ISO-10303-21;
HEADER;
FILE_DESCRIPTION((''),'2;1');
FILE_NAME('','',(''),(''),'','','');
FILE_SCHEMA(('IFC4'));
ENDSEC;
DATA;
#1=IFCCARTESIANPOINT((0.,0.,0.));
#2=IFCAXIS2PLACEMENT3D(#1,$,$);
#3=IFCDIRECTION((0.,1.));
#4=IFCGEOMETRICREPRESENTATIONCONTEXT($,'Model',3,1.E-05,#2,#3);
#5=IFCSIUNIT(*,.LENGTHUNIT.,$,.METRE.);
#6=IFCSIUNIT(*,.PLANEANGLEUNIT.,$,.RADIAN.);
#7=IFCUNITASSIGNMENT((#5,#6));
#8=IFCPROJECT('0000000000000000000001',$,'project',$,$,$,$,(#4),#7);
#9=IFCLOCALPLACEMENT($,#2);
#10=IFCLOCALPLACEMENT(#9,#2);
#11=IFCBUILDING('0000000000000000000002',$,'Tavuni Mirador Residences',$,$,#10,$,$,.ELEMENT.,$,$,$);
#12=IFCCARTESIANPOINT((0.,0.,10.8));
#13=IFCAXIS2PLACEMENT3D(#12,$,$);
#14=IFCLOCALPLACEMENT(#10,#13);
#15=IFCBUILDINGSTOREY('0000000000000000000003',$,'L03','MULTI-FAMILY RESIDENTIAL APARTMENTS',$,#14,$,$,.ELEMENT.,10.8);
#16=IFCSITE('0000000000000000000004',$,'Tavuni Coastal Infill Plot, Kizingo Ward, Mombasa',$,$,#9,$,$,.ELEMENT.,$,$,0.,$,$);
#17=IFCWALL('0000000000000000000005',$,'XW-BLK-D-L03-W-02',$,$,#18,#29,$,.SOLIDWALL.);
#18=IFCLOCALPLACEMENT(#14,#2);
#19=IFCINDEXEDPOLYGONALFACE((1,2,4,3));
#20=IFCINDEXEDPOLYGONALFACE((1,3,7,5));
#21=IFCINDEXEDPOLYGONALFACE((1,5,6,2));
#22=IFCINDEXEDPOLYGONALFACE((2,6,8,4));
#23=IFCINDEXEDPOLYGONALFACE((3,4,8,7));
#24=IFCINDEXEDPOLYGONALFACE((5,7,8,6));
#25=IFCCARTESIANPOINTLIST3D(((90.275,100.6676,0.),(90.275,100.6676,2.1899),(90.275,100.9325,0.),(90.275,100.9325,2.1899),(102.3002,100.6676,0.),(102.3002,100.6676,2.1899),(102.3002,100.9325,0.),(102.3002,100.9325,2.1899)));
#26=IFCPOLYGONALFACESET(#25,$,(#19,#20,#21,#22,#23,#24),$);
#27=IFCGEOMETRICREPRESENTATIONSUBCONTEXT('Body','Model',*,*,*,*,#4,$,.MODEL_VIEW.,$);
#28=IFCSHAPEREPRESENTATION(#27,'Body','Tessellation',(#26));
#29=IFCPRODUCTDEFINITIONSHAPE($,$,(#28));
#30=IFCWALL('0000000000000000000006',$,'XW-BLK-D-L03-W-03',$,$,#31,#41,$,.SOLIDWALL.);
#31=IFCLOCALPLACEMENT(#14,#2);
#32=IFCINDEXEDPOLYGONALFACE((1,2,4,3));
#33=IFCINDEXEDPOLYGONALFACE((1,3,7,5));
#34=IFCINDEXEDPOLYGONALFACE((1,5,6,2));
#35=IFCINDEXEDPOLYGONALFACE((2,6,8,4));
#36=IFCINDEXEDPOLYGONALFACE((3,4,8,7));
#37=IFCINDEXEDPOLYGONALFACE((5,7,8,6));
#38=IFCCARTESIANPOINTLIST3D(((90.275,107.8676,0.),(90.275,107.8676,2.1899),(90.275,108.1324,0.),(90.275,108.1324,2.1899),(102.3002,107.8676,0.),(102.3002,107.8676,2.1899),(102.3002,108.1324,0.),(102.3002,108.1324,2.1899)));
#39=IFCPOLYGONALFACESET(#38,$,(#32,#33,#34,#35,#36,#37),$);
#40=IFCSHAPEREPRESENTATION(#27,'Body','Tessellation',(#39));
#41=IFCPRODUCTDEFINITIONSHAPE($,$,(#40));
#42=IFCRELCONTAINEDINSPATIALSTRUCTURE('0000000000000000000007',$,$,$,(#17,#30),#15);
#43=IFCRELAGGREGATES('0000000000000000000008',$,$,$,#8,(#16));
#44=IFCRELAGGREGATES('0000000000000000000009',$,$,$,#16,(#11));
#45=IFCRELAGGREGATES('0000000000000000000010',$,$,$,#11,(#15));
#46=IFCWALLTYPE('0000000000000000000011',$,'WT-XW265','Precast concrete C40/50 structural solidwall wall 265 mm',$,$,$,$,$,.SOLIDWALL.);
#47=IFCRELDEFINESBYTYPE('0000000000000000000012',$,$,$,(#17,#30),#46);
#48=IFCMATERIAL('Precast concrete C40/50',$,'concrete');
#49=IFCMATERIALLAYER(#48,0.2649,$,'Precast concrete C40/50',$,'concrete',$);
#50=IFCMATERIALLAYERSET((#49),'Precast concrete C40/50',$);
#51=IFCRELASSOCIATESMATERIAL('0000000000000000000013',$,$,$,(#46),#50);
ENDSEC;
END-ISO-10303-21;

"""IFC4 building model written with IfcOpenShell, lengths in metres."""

from ifc_helpers import new_model, si_unit, direction, frame, frame_2d, origin, place, context, subcontext, project, spatial, rectangle, extrude, material, layer, layer_set, type_object, element, save


model = new_model("IFC4")

# Units and contexts
model_context = context("Model", 3, precision=1e-05, world=origin(), true_north=direction((0.0, 1.0)))
body_context = subcontext(model_context, "Body", "Model", "MODEL_VIEW")
ifc_project = project(units=[si_unit("LENGTHUNIT", "METRE"), si_unit("PLANEANGLEUNIT", "RADIAN")], contexts=[model_context])

# Site, building, storey
site_placement = place(None, origin())
site = spatial("IfcSite", under=ifc_project, at=site_placement, Name="Tavuni Coastal Infill Plot, Kizingo Ward, Mombasa", CompositionType="ELEMENT", RefElevation=0.0)
building_placement = place(site_placement, origin())
building = spatial("IfcBuilding", under=site, at=building_placement, Name="Tavuni Mirador Residences", CompositionType="ELEMENT")
storey_placement = place(building_placement, frame((0.0, 0.0, 10.8)))
storey = spatial("IfcBuildingStorey", under=building, at=storey_placement, Name="L03", Description="MULTI-FAMILY RESIDENTIAL APARTMENTS", CompositionType="ELEMENT", Elevation=10.8)

# Shared definitions
ifc_material_1 = material(Name="Precast concrete C40/50", Category="concrete")

# Walls
ifc_layer_1 = layer(ifc_material_1, 0.2649, Name="Precast concrete C40/50", Category="concrete")
ifc_layer_set_1 = layer_set([ifc_layer_1], Name="Precast concrete C40/50")
wall_type_1 = type_object("IfcWallType", Name="WT-XW265", Description="Precast concrete C40/50 structural solidwall wall 265 mm", PredefinedType="SOLIDWALL", material=ifc_layer_set_1)
for number, where, z_axis, x_axis, name in (
    (1, (90.2749, 100.8, 0.0), (0.0, 0.0, 1.0), (1.0, 0.0, 0.0), "XW-BLK-D-L03-W-02"),
    (2, (90.2749, 108.0, 0.0), (0.0, 0.0, 1.0), (1.0, 0.0, 0.0), "XW-BLK-D-L03-W-03"),
):
    element("IfcWall", number, at=place(storey_placement, frame(where, z_axis=z_axis, x_axis=x_axis)), inside=storey, type_object=wall_type_1, Name=name, PredefinedType="SOLIDWALL", context=body_context, shape_type="SweptSolid", body=[
        extrude(rectangle(XDim=12.0251, YDim=0.2649, at=frame_2d((6.0127, 0.0))), origin(), (0.0, 0.0, 1.0), 2.1899),
    ])

save(model, "model.ifc")
